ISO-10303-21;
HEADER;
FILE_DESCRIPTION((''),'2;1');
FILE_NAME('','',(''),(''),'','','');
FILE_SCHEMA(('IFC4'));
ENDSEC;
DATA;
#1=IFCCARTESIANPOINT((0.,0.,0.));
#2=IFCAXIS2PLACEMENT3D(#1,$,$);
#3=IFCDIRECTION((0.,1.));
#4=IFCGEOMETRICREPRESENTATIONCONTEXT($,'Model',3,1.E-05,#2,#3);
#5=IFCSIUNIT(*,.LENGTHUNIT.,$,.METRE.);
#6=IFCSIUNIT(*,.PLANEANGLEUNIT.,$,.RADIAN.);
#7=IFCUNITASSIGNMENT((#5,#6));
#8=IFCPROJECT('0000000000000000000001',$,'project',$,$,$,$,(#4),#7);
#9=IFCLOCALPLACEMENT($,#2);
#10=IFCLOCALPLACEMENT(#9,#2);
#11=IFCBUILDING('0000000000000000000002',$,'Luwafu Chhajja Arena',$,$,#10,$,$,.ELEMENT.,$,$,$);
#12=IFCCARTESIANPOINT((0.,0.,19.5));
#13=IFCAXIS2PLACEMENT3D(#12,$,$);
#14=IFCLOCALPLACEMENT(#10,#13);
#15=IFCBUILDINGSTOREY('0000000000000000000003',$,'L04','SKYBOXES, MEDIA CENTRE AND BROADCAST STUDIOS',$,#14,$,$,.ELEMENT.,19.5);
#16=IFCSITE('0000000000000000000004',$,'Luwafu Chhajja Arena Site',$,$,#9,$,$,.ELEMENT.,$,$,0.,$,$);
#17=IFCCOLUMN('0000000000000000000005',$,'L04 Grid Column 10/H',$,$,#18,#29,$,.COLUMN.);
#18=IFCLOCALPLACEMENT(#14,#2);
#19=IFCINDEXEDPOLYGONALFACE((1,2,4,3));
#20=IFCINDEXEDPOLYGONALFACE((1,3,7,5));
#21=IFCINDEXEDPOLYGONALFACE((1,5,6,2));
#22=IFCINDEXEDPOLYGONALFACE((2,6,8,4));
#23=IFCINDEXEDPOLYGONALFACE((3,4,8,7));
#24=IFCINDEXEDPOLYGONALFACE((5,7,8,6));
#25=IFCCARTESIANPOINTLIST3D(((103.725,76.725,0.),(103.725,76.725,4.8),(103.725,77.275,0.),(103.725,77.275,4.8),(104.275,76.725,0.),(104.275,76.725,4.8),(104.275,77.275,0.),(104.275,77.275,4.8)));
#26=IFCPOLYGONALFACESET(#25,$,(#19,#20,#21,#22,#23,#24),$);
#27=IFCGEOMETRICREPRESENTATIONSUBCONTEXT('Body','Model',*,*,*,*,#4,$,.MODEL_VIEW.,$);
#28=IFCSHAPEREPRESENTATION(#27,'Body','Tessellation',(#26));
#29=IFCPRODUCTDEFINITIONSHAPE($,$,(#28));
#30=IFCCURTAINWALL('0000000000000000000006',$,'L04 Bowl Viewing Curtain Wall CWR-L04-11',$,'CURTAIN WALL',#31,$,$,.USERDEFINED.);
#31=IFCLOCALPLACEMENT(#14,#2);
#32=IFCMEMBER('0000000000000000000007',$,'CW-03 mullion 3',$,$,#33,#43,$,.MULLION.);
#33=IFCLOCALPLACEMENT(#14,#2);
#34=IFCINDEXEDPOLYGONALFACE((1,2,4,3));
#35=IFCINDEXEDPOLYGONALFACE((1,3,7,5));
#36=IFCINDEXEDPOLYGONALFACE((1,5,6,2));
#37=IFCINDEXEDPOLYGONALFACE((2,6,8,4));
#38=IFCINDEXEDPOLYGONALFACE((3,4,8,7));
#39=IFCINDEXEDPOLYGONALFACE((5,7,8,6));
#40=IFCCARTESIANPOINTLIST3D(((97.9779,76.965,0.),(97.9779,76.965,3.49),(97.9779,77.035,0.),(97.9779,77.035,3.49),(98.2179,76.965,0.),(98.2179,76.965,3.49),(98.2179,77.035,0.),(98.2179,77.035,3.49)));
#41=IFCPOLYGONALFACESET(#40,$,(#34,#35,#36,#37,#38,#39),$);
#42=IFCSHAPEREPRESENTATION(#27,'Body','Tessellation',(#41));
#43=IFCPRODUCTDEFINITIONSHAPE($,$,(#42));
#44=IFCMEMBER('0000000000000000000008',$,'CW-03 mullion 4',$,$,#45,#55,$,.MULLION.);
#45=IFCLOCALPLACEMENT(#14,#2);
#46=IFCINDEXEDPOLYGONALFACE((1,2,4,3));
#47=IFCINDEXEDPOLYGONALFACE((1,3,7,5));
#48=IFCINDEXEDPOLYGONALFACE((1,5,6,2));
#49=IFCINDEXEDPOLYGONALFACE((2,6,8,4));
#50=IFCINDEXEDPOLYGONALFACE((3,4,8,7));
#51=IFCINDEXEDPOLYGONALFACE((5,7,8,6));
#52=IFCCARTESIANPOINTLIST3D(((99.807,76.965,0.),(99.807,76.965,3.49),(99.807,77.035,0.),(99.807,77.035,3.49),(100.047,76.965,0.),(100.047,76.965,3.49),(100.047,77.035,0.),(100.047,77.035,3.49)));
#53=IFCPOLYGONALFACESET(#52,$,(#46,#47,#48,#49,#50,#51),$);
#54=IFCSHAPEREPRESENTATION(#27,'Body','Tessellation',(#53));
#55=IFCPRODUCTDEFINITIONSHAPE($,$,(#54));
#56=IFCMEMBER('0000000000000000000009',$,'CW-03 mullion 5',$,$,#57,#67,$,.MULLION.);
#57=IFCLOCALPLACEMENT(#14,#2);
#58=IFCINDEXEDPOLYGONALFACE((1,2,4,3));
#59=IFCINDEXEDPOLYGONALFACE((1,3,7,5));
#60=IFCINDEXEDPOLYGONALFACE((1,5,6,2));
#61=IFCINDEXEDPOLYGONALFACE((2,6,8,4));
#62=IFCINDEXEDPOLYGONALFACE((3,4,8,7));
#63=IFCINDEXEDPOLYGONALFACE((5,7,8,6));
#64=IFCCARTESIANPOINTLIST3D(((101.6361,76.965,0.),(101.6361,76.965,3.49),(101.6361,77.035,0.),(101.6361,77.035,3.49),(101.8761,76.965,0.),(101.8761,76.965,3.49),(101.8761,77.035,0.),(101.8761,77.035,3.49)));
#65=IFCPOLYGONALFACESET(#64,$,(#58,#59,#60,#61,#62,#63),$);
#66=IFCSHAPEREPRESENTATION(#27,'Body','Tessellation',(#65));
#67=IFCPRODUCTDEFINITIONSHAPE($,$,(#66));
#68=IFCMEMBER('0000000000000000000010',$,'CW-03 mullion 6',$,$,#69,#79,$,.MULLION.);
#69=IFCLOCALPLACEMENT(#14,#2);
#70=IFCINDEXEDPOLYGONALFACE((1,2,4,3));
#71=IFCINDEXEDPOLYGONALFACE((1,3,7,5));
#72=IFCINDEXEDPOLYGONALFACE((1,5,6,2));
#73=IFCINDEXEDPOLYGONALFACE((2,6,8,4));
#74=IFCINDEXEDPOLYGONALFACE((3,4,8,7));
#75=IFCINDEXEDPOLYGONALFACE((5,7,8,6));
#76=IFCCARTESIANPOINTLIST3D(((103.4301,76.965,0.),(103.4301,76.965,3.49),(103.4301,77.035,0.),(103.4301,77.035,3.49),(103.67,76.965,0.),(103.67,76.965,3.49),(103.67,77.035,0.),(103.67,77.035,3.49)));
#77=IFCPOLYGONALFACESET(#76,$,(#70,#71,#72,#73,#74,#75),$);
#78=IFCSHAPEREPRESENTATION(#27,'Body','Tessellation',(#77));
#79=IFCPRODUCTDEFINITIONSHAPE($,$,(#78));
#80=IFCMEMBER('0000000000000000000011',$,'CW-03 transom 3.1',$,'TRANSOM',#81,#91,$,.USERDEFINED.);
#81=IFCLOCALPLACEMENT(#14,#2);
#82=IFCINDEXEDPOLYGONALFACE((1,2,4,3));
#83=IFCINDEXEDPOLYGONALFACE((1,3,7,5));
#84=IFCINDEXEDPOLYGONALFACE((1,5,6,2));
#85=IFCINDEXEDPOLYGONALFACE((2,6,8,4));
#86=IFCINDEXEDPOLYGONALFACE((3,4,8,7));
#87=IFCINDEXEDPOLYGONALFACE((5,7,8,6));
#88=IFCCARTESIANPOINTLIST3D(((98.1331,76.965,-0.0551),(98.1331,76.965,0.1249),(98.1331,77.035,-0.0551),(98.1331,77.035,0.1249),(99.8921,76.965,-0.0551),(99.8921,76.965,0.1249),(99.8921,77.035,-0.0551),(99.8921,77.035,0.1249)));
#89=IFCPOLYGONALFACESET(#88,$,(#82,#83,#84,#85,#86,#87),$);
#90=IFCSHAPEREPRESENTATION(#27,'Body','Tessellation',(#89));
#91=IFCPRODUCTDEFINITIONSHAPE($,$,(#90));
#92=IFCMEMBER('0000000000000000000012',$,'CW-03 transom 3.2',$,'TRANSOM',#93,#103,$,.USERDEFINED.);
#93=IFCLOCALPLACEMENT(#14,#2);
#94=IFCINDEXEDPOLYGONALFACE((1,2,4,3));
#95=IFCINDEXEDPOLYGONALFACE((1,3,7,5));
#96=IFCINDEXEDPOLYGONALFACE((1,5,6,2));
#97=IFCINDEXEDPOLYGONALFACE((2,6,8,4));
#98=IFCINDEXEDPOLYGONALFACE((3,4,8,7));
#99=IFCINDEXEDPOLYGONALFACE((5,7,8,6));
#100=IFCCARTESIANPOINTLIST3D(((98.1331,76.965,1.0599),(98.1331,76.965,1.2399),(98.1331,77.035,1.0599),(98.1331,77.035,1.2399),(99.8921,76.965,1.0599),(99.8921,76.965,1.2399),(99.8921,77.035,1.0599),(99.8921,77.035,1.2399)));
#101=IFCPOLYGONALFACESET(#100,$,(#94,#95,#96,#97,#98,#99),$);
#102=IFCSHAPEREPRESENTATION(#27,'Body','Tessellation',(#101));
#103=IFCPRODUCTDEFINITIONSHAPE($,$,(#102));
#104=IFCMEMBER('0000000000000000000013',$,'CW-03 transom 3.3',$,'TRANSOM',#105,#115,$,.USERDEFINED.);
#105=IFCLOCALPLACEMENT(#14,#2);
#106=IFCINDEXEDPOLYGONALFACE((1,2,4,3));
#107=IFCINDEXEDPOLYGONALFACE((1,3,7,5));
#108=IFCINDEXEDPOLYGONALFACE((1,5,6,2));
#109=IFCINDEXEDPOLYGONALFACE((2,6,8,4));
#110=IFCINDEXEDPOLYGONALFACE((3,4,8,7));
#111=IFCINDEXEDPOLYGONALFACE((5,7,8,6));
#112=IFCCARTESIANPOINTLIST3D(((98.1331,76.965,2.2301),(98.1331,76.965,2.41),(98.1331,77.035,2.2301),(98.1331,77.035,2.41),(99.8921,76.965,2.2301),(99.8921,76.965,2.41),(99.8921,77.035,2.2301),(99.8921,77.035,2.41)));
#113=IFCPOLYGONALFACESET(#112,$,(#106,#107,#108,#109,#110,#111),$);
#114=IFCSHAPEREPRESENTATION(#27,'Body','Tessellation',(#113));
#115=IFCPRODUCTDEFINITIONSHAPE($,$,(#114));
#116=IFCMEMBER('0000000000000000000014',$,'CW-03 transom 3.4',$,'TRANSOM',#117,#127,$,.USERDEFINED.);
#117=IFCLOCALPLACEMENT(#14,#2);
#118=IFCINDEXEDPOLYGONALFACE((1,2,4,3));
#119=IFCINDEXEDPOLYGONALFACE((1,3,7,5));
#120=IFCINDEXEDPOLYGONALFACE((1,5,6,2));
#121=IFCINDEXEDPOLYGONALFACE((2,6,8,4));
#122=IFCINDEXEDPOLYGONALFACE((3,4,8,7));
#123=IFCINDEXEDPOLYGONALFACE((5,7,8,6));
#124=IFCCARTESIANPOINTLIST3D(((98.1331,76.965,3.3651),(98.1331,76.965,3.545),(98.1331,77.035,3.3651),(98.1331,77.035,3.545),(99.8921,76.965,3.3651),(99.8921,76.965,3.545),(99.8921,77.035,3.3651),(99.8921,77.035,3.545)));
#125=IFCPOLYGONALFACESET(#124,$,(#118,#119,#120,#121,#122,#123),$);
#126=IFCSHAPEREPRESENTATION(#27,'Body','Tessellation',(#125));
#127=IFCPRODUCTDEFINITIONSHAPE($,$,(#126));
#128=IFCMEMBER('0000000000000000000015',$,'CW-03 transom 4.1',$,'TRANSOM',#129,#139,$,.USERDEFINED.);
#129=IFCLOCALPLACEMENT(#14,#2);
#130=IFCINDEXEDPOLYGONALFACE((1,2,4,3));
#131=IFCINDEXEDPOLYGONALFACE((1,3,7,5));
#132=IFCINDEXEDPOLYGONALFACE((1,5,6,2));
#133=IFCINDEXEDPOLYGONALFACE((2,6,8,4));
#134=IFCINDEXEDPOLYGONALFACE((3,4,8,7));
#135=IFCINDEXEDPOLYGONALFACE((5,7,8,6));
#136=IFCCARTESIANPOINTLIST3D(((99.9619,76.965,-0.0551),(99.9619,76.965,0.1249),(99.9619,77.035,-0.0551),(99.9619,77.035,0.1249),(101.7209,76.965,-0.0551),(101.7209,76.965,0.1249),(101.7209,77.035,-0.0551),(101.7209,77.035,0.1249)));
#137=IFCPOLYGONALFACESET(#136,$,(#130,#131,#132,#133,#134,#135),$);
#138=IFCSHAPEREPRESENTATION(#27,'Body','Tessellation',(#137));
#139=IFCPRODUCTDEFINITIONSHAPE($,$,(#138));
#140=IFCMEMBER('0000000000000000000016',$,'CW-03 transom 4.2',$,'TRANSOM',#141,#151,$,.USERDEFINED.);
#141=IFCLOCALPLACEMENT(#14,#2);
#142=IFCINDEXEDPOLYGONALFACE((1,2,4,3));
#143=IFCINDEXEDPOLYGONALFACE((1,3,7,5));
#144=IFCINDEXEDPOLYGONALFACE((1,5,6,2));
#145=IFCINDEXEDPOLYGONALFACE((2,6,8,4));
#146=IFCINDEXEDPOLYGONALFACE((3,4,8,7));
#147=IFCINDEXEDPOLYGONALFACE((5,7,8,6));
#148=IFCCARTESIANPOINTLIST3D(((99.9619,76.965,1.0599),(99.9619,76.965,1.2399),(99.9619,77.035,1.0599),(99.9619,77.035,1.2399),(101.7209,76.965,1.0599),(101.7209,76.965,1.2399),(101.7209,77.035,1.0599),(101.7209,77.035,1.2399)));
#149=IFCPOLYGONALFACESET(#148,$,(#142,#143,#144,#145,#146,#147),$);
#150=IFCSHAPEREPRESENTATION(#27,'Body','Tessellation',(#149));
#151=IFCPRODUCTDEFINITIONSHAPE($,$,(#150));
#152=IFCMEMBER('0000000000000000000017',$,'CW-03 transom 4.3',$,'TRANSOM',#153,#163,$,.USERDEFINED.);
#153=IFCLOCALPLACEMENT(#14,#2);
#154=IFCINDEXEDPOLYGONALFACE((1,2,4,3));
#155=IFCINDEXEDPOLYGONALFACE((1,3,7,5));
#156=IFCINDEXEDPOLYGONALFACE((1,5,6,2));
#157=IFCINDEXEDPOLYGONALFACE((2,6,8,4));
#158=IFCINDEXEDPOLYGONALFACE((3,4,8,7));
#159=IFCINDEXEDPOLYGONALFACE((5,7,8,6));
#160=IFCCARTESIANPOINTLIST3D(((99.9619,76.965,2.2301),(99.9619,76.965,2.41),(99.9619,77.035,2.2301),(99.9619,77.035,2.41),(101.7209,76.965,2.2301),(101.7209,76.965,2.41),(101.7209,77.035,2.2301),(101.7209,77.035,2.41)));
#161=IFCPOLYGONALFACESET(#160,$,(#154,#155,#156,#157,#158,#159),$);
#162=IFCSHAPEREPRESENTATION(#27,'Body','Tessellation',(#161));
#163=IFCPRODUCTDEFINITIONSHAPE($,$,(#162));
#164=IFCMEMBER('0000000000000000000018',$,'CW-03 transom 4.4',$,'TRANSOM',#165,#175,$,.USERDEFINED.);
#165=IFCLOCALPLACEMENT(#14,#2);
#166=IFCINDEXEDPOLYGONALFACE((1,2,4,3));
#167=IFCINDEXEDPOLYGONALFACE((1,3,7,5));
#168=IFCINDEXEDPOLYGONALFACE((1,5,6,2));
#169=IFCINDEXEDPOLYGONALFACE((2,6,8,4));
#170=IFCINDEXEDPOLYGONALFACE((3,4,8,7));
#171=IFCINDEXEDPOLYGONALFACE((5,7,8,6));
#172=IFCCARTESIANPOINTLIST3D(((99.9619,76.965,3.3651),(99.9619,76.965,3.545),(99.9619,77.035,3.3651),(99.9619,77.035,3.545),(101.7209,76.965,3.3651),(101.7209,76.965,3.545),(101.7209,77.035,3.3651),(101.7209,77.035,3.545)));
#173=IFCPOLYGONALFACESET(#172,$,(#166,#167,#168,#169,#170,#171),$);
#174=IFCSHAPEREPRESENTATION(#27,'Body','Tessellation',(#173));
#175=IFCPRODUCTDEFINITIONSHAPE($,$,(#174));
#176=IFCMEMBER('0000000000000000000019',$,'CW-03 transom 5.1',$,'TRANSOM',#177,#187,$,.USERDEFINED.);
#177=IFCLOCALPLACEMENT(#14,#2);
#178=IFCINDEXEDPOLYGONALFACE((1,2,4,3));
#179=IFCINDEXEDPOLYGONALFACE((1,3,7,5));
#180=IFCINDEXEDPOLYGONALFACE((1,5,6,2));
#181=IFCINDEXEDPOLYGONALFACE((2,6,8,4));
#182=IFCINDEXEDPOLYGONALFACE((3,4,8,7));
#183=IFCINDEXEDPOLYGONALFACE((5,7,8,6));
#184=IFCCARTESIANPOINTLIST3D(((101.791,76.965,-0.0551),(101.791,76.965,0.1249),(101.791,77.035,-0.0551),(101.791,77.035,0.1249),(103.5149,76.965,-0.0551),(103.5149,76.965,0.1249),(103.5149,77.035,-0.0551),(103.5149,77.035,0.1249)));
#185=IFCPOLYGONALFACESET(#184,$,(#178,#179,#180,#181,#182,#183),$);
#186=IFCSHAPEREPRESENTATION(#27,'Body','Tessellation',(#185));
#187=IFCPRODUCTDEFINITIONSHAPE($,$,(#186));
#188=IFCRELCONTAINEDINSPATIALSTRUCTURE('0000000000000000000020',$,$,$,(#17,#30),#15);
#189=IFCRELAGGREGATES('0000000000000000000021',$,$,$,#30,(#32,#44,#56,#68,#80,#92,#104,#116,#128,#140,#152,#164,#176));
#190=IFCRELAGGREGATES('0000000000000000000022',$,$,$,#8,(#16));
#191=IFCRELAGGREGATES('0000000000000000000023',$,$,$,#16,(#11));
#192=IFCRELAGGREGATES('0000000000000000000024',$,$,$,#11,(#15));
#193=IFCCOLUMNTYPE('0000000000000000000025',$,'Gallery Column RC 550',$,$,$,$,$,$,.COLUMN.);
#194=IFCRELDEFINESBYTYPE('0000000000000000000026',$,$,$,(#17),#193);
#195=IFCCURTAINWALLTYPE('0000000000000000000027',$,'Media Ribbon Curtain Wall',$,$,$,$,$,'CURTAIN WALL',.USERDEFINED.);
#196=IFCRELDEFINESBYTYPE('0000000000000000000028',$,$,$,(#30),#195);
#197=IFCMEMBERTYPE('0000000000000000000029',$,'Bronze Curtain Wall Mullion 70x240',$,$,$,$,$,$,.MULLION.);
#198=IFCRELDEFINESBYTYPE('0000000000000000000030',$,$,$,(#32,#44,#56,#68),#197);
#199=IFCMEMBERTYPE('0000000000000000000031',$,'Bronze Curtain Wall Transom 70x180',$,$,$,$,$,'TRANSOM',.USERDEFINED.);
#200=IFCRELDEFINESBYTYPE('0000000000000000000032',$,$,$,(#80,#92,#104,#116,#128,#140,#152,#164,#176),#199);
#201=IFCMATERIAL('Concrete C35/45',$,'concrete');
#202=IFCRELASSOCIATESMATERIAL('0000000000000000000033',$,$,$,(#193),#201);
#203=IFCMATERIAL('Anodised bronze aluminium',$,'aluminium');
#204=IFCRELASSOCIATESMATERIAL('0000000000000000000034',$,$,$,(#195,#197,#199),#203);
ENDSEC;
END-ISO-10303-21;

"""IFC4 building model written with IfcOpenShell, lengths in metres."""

from ifc_helpers import new_model, si_unit, direction, frame, origin, origin_2d, place, context, subcontext, project, spatial, rectangle, extrude, material, material_profile, profile_set, type_object, element, aggregate, save


model = new_model("IFC4")

# Units and contexts
model_context = context("Model", 3, precision=1e-05, world=origin(), true_north=direction((0.0, 1.0)))
body_context = subcontext(model_context, "Body", "Model", "MODEL_VIEW")
ifc_project = project(units=[si_unit("LENGTHUNIT", "METRE"), si_unit("PLANEANGLEUNIT", "RADIAN")], contexts=[model_context])

# Site, building, storey
site_placement = place(None, origin())
site = spatial("IfcSite", under=ifc_project, at=site_placement, Name="Luwafu Chhajja Arena Site", CompositionType="ELEMENT", RefElevation=0.0)
building_placement = place(site_placement, origin())
building = spatial("IfcBuilding", under=site, at=building_placement, Name="Luwafu Chhajja Arena", CompositionType="ELEMENT")
storey_placement = place(building_placement, frame((0.0, 0.0, 19.5)))
storey = spatial("IfcBuildingStorey", under=building, at=storey_placement, Name="L04", Description="SKYBOXES, MEDIA CENTRE AND BROADCAST STUDIOS", CompositionType="ELEMENT", Elevation=19.5)

# Column
ifc_material_1 = material(Name="Concrete C35/45", Category="concrete")
ifc_material_profile_1 = material_profile(ifc_material_1, rectangle(XDim=0.55, YDim=0.55, at=origin_2d()), Name="RC 550x550")
ifc_profile_set_1 = profile_set([ifc_material_profile_1], Name="Concrete C35/45")
column_type = type_object("IfcColumnType", Name="Gallery Column RC 550", PredefinedType="COLUMN", material=ifc_profile_set_1)
column_placement = place(storey_placement, frame((104.0, 77.0, 0.0), z_axis=(0.0, 0.0, 1.0), x_axis=(1.0, 0.0, 0.0)))
element("IfcColumn", 1, at=column_placement, inside=storey, type_object=column_type, Name="L04 Grid Column 10/H", PredefinedType="COLUMN", context=body_context, shape_type="SweptSolid", body=[
    extrude(rectangle(XDim=0.55, YDim=0.55, at=origin_2d()), origin(), (0.0, 0.0, 1.0), 4.8),
])

# Curtain wall, members
ifc_material_2 = material(Name="Anodised bronze aluminium", Category="aluminium")
curtain_wall_type = type_object("IfcCurtainWallType", Name="Media Ribbon Curtain Wall", ElementType="CURTAIN WALL", PredefinedType="USERDEFINED", material=ifc_material_2)
curtain_wall_placement = place(storey_placement, origin())
curtain_wall = element("IfcCurtainWall", 2, at=curtain_wall_placement, inside=storey, type_object=curtain_wall_type, Name="L04 Bowl Viewing Curtain Wall CWR-L04-11", ObjectType="CURTAIN WALL", PredefinedType="USERDEFINED")
ifc_material_profile_2 = material_profile(ifc_material_2, rectangle(XDim=0.0701, YDim=0.24, at=origin_2d()), Name="CWM 70x240")
ifc_profile_set_2 = profile_set([ifc_material_profile_2], Name="Anodised bronze aluminium")
member_type_1 = type_object("IfcMemberType", Name="Bronze Curtain Wall Mullion 70x240", PredefinedType="MULLION", material=ifc_profile_set_2)
member_1_placement = place(storey_placement, frame((98.0979, 77.0, 0.0), z_axis=(0.0, 0.0, 1.0), x_axis=(0.0, 1.0, 0.0)))
member_1 = element("IfcMember", 3, at=member_1_placement, type_object=member_type_1, Name="CW-03 mullion 3", PredefinedType="MULLION", context=body_context, shape_type="SweptSolid", body=[
    extrude(rectangle(XDim=0.0701, YDim=0.24, at=origin_2d()), origin(), (0.0, 0.0, 1.0), 3.49),
])
member_2_placement = place(storey_placement, frame((99.927, 77.0, 0.0), z_axis=(0.0, 0.0, 1.0), x_axis=(0.0, 1.0, 0.0)))
member_2 = element("IfcMember", 4, at=member_2_placement, type_object=member_type_1, Name="CW-03 mullion 4", PredefinedType="MULLION", context=body_context, shape_type="SweptSolid", body=[
    extrude(rectangle(XDim=0.0701, YDim=0.24, at=origin_2d()), origin(), (0.0, 0.0, 1.0), 3.49),
])
member_3_placement = place(storey_placement, frame((101.7561, 77.0, 0.0), z_axis=(0.0, 0.0, 1.0), x_axis=(0.0, 1.0, 0.0)))
member_3 = element("IfcMember", 5, at=member_3_placement, type_object=member_type_1, Name="CW-03 mullion 5", PredefinedType="MULLION", context=body_context, shape_type="SweptSolid", body=[
    extrude(rectangle(XDim=0.0701, YDim=0.24, at=origin_2d()), origin(), (0.0, 0.0, 1.0), 3.49),
])
member_4_placement = place(storey_placement, frame((103.55, 77.0, 0.0), z_axis=(0.0, 0.0, 1.0), x_axis=(0.0, 1.0, 0.0)))
member_4 = element("IfcMember", 6, at=member_4_placement, type_object=member_type_1, Name="CW-03 mullion 6", PredefinedType="MULLION", context=body_context, shape_type="SweptSolid", body=[
    extrude(rectangle(XDim=0.0701, YDim=0.24, at=origin_2d()), origin(), (0.0, 0.0, 1.0), 3.49),
])
ifc_material_profile_3 = material_profile(ifc_material_2, rectangle(XDim=0.0701, YDim=0.1799, at=origin_2d()), Name="CWT 70x180")
ifc_profile_set_3 = profile_set([ifc_material_profile_3], Name="Anodised bronze aluminium")
member_type_2 = type_object("IfcMemberType", Name="Bronze Curtain Wall Transom 70x180", ElementType="TRANSOM", PredefinedType="USERDEFINED", material=ifc_profile_set_3)
member_5_placement = place(storey_placement, frame((98.1331, 77.0, 0.0349), z_axis=(1.0, 0.0, 0.0), x_axis=(0.0, 1.0, 0.0)))
member_5 = element("IfcMember", 7, at=member_5_placement, type_object=member_type_2, Name="CW-03 transom 3.1", ObjectType="TRANSOM", PredefinedType="USERDEFINED", context=body_context, shape_type="SweptSolid", body=[
    extrude(rectangle(XDim=0.0701, YDim=0.1799, at=origin_2d()), origin(), (0.0, 0.0, 1.0), 1.759),
])
member_6_placement = place(storey_placement, frame((98.1331, 77.0, 1.1499), z_axis=(1.0, 0.0, 0.0), x_axis=(0.0, 1.0, 0.0)))
member_6 = element("IfcMember", 8, at=member_6_placement, type_object=member_type_2, Name="CW-03 transom 3.2", ObjectType="TRANSOM", PredefinedType="USERDEFINED", context=body_context, shape_type="SweptSolid", body=[
    extrude(rectangle(XDim=0.0701, YDim=0.1799, at=origin_2d()), origin(), (0.0, 0.0, 1.0), 1.759),
])
member_7_placement = place(storey_placement, frame((98.1331, 77.0, 2.3201), z_axis=(1.0, 0.0, 0.0), x_axis=(0.0, 1.0, 0.0)))
member_7 = element("IfcMember", 9, at=member_7_placement, type_object=member_type_2, Name="CW-03 transom 3.3", ObjectType="TRANSOM", PredefinedType="USERDEFINED", context=body_context, shape_type="SweptSolid", body=[
    extrude(rectangle(XDim=0.0701, YDim=0.1799, at=origin_2d()), origin(), (0.0, 0.0, 1.0), 1.759),
])
member_8_placement = place(storey_placement, frame((98.1331, 77.0, 3.4551), z_axis=(1.0, 0.0, 0.0), x_axis=(0.0, 1.0, 0.0)))
member_8 = element("IfcMember", 10, at=member_8_placement, type_object=member_type_2, Name="CW-03 transom 3.4", ObjectType="TRANSOM", PredefinedType="USERDEFINED", context=body_context, shape_type="SweptSolid", body=[
    extrude(rectangle(XDim=0.0701, YDim=0.1799, at=origin_2d()), origin(), (0.0, 0.0, 1.0), 1.759),
])
member_9_placement = place(storey_placement, frame((99.9619, 77.0, 0.0349), z_axis=(1.0, 0.0, 0.0), x_axis=(0.0, 1.0, 0.0)))
member_9 = element("IfcMember", 11, at=member_9_placement, type_object=member_type_2, Name="CW-03 transom 4.1", ObjectType="TRANSOM", PredefinedType="USERDEFINED", context=body_context, shape_type="SweptSolid", body=[
    extrude(rectangle(XDim=0.0701, YDim=0.1799, at=origin_2d()), origin(), (0.0, 0.0, 1.0), 1.759),
])
member_10_placement = place(storey_placement, frame((99.9619, 77.0, 1.1499), z_axis=(1.0, 0.0, 0.0), x_axis=(0.0, 1.0, 0.0)))
member_10 = element("IfcMember", 12, at=member_10_placement, type_object=member_type_2, Name="CW-03 transom 4.2", ObjectType="TRANSOM", PredefinedType="USERDEFINED", context=body_context, shape_type="SweptSolid", body=[
    extrude(rectangle(XDim=0.0701, YDim=0.1799, at=origin_2d()), origin(), (0.0, 0.0, 1.0), 1.759),
])
member_11_placement = place(storey_placement, frame((99.9619, 77.0, 2.3201), z_axis=(1.0, 0.0, 0.0), x_axis=(0.0, 1.0, 0.0)))
member_11 = element("IfcMember", 13, at=member_11_placement, type_object=member_type_2, Name="CW-03 transom 4.3", ObjectType="TRANSOM", PredefinedType="USERDEFINED", context=body_context, shape_type="SweptSolid", body=[
    extrude(rectangle(XDim=0.0701, YDim=0.1799, at=origin_2d()), origin(), (0.0, 0.0, 1.0), 1.759),
])
member_12_placement = place(storey_placement, frame((99.9619, 77.0, 3.4551), z_axis=(1.0, 0.0, 0.0), x_axis=(0.0, 1.0, 0.0)))
member_12 = element("IfcMember", 14, at=member_12_placement, type_object=member_type_2, Name="CW-03 transom 4.4", ObjectType="TRANSOM", PredefinedType="USERDEFINED", context=body_context, shape_type="SweptSolid", body=[
    extrude(rectangle(XDim=0.0701, YDim=0.1799, at=origin_2d()), origin(), (0.0, 0.0, 1.0), 1.759),
])
member_13_placement = place(storey_placement, frame((101.791, 77.0, 0.0349), z_axis=(1.0, 0.0, 0.0), x_axis=(0.0, 1.0, 0.0)))
member_13 = element("IfcMember", 15, at=member_13_placement, type_object=member_type_2, Name="CW-03 transom 5.1", ObjectType="TRANSOM", PredefinedType="USERDEFINED", context=body_context, shape_type="SweptSolid", body=[
    extrude(rectangle(XDim=0.0701, YDim=0.1799, at=origin_2d()), origin(), (0.0, 0.0, 1.0), 1.7239),
])
aggregate(curtain_wall, [member_1, member_2, member_3, member_4, member_5, member_6, member_7, member_8, member_9, member_10, member_11, member_12, member_13])

save(model, "model.ifc")
